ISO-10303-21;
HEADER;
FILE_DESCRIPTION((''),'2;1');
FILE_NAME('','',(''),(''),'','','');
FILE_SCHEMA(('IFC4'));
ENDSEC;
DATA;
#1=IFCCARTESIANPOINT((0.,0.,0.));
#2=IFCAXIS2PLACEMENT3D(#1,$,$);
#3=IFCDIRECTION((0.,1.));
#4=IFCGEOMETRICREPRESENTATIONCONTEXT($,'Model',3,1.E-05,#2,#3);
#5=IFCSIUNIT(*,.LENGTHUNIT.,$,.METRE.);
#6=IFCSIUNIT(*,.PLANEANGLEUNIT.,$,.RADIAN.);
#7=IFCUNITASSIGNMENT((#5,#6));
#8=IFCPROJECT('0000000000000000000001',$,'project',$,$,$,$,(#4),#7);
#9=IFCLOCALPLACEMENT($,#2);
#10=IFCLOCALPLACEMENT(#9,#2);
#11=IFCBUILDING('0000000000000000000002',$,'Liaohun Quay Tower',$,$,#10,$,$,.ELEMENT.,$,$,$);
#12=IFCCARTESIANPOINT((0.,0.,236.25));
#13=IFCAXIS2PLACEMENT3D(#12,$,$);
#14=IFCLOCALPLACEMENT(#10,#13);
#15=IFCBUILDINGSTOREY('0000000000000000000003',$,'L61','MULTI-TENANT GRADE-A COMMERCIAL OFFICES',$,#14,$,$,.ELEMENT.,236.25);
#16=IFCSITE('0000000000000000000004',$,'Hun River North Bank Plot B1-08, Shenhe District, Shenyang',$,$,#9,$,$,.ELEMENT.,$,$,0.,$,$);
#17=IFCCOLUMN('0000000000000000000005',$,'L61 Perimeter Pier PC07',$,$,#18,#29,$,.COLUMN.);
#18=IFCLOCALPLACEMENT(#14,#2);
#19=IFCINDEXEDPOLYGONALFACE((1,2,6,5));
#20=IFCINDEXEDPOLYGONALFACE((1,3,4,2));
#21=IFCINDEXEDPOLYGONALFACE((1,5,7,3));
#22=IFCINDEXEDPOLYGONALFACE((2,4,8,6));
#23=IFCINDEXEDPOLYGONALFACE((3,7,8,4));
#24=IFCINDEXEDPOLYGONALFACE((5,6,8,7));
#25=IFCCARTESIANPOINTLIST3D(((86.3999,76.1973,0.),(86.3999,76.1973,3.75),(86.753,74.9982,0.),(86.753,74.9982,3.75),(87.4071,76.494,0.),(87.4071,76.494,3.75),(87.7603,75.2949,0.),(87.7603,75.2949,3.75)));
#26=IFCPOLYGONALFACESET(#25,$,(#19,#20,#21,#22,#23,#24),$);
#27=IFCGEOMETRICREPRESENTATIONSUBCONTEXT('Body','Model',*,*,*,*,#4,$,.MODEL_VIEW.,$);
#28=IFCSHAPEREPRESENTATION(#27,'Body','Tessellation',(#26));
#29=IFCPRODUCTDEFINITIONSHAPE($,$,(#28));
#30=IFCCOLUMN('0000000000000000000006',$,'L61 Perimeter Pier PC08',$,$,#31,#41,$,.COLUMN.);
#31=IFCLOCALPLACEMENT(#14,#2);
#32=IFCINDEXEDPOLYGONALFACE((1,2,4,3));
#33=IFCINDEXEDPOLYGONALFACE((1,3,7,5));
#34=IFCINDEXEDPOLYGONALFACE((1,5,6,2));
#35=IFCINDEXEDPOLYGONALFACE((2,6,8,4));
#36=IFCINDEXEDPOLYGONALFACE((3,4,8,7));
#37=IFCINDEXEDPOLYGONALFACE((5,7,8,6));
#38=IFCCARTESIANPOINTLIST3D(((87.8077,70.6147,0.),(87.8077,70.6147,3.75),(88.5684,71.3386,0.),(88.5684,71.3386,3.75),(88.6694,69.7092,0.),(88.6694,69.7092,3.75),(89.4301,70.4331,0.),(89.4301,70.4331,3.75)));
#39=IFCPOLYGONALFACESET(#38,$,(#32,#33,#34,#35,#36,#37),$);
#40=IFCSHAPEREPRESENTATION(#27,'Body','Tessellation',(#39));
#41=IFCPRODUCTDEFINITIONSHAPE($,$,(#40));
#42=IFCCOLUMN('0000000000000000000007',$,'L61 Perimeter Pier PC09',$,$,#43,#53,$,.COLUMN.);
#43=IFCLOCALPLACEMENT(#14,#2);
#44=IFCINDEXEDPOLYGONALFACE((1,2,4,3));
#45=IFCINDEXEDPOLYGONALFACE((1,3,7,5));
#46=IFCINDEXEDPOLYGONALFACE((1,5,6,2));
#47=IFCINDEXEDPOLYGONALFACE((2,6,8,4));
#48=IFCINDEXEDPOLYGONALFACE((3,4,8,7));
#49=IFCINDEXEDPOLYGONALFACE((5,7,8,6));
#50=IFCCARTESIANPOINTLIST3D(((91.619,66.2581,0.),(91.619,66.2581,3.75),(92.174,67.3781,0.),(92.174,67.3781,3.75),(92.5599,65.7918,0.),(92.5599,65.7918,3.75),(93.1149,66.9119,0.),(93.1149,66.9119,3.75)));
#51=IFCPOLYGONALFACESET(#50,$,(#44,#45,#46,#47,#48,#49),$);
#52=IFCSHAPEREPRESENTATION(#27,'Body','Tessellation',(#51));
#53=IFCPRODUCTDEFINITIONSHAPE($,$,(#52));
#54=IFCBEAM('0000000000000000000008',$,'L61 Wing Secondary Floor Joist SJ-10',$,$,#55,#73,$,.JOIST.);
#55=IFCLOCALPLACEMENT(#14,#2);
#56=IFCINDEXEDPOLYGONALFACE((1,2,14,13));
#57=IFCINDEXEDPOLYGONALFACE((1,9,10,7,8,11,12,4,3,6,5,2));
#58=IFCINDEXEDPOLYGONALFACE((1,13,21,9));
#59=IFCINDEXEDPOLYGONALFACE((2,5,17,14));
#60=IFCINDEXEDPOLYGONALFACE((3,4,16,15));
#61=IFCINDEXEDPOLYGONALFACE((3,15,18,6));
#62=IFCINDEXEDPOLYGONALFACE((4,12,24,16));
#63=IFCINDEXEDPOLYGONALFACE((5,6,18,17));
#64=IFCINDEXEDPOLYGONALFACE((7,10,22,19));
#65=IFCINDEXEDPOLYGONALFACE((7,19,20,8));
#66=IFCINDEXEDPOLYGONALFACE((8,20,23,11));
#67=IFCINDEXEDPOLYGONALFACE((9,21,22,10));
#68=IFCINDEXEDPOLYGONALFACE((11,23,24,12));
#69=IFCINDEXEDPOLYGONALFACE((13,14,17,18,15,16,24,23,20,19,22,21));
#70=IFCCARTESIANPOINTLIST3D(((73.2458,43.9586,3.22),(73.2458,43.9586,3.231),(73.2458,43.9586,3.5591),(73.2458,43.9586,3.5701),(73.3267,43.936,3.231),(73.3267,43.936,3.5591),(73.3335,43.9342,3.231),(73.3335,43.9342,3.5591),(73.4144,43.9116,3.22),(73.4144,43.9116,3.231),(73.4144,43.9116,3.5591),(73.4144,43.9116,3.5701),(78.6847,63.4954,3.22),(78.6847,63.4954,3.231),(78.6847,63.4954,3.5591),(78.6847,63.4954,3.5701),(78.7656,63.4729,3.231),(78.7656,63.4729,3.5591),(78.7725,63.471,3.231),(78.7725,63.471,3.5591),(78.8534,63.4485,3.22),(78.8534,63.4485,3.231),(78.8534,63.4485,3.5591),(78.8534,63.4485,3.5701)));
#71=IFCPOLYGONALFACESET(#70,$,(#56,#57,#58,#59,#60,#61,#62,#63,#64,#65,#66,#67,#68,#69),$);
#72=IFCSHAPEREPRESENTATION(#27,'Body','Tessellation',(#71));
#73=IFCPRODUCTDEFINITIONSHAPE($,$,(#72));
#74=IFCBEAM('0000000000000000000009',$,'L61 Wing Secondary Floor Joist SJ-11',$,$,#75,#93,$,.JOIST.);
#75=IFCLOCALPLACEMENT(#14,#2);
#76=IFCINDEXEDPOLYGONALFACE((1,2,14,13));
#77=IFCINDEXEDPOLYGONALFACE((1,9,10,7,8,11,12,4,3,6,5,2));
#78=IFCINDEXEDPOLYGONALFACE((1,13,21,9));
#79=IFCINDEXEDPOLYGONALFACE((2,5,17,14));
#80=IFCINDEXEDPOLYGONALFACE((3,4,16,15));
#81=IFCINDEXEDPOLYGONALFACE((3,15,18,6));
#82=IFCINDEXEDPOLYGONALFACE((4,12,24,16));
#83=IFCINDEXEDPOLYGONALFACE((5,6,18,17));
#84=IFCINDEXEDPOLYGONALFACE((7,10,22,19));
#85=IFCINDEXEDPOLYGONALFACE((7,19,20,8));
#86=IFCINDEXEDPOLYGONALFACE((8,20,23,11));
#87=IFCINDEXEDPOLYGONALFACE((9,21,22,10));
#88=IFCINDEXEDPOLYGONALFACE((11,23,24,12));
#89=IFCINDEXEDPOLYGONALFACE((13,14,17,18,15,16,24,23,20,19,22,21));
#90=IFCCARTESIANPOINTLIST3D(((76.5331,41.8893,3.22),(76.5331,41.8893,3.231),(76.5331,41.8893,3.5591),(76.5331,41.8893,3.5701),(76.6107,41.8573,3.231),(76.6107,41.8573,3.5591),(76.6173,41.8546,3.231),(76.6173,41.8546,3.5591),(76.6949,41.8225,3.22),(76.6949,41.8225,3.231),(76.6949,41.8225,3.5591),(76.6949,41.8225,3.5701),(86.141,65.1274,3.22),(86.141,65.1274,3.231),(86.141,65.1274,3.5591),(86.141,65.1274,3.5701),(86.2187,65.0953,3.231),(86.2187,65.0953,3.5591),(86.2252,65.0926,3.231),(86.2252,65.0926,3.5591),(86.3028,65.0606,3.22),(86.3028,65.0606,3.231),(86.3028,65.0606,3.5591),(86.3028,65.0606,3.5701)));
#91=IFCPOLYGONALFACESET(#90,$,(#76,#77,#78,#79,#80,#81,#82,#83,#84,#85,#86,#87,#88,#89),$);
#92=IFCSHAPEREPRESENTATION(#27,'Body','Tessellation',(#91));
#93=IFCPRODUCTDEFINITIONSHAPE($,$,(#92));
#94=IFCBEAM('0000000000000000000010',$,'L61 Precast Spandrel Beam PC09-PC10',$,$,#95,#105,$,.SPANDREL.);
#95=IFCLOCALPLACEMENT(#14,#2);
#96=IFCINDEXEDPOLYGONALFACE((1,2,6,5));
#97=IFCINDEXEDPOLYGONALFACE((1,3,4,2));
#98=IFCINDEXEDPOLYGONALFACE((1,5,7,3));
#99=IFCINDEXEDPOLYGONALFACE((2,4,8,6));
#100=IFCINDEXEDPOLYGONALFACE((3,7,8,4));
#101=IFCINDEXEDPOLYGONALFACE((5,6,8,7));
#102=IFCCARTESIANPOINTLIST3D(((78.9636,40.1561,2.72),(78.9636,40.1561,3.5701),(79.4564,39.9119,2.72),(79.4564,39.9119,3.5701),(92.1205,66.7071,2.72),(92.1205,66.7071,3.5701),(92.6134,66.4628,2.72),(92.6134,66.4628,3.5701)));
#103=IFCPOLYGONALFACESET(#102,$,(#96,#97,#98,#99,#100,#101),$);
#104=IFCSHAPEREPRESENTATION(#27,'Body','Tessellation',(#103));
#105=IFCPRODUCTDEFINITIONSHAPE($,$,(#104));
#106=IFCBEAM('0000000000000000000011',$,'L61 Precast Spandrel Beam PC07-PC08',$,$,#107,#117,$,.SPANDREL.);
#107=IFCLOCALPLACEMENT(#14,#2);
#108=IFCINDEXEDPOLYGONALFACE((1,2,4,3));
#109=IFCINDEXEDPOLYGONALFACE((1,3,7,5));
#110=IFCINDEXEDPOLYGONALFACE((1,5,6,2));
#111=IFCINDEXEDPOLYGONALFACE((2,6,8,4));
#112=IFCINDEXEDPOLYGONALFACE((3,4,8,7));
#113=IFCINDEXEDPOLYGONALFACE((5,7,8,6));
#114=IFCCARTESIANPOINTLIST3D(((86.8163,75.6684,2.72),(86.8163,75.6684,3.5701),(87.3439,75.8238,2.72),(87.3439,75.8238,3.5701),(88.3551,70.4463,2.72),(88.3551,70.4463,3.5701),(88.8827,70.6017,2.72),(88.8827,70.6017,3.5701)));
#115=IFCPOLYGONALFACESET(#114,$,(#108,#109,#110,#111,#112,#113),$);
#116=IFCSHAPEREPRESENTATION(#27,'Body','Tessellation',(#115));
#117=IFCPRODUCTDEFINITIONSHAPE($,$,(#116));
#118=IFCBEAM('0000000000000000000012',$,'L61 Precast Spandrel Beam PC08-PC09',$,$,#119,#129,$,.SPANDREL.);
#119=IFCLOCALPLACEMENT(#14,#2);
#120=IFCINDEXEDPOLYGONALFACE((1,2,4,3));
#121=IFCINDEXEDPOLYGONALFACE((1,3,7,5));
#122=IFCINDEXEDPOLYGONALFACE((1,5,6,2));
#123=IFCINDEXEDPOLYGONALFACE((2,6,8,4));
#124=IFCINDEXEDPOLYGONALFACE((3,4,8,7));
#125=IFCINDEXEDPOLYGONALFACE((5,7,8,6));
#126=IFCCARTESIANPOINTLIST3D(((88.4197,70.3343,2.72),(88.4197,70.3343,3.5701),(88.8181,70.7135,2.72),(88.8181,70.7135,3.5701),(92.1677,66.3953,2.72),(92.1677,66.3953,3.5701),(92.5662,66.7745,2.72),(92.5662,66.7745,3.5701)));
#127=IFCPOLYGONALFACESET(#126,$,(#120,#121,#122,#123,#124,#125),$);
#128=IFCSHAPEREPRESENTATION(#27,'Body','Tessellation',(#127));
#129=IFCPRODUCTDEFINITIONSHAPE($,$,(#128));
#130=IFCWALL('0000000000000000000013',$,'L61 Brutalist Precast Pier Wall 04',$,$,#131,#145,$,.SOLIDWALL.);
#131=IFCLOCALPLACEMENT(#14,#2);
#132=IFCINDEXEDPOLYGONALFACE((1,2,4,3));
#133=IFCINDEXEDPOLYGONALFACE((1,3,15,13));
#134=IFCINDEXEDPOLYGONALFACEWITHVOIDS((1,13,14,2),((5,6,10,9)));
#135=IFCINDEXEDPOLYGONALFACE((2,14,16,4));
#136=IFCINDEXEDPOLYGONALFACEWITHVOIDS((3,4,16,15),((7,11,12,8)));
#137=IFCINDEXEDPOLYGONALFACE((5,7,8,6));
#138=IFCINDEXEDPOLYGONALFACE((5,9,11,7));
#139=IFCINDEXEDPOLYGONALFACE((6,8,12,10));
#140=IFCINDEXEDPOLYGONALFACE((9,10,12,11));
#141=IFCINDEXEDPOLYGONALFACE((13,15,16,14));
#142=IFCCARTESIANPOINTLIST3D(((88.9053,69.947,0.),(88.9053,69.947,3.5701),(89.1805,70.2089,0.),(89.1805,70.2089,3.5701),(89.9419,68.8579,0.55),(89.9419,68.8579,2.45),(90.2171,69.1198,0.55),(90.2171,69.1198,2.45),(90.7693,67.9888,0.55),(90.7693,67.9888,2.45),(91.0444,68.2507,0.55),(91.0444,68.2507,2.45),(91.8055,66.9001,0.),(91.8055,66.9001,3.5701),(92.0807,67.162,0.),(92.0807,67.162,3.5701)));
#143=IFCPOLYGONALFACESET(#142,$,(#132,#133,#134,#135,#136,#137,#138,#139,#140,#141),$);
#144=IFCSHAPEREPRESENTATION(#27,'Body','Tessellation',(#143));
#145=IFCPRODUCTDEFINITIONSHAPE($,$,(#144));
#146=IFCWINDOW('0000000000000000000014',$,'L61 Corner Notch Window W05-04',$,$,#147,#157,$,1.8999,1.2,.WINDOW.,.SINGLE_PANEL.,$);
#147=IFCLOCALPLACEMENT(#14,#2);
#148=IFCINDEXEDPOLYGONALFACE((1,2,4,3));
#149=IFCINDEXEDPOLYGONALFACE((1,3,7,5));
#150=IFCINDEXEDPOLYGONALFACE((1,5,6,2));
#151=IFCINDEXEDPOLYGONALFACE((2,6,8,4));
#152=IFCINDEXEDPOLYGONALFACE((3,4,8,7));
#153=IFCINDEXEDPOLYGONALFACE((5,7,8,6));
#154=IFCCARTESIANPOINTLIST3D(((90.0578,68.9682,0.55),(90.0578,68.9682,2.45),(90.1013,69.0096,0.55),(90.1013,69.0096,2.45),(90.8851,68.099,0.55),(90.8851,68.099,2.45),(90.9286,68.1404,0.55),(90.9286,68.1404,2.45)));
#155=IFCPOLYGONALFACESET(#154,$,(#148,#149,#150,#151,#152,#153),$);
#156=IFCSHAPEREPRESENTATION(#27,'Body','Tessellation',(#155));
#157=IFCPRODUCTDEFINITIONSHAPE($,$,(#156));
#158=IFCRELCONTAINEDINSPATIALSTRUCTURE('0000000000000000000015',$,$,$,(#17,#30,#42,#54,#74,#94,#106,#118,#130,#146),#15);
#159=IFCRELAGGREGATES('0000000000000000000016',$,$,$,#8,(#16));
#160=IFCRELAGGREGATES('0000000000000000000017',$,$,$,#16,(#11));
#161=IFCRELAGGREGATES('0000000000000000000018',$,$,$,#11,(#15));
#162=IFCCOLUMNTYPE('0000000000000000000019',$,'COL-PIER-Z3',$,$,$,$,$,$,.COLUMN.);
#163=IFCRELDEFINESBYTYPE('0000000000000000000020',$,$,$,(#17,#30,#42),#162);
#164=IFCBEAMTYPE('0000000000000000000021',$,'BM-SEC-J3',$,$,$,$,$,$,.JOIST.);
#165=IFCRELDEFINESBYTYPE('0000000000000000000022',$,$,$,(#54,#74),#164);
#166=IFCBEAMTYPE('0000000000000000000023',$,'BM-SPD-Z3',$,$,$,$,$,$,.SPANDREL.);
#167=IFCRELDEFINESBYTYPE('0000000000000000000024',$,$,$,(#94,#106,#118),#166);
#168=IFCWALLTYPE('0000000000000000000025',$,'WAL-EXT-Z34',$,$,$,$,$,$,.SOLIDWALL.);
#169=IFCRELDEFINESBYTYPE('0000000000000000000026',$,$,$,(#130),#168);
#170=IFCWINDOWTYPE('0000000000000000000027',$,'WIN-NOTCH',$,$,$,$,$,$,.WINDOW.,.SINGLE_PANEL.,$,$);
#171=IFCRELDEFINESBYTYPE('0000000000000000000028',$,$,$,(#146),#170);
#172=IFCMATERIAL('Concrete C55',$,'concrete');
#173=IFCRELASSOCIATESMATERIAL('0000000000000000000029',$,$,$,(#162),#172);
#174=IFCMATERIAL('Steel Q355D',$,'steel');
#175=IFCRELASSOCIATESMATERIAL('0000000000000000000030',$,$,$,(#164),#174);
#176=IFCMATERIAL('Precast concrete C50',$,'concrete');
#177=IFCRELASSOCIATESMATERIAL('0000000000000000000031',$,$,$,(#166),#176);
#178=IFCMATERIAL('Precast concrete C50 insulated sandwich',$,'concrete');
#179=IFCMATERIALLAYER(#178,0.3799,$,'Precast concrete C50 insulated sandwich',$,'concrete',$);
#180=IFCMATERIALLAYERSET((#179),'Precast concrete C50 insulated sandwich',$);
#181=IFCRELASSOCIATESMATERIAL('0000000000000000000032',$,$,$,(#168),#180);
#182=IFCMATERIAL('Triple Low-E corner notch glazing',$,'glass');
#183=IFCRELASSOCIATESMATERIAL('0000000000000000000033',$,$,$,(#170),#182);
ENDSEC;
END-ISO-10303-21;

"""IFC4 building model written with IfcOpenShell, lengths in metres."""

from ifc_helpers import new_model, si_unit, direction, frame, frame_2d, origin, origin_2d, place, context, subcontext, project, spatial, rectangle, i_section, extrude, source, transform, mapped, material, layer, layer_set, material_profile, profile_set, type_object, element, fill, save


model = new_model("IFC4")

# Units and contexts
model_context = context("Model", 3, precision=1e-05, world=origin(), true_north=direction((0.0, 1.0)))
body_context = subcontext(model_context, "Body", "Model", "MODEL_VIEW")
ifc_project = project(units=[si_unit("LENGTHUNIT", "METRE"), si_unit("PLANEANGLEUNIT", "RADIAN")], contexts=[model_context])

# Site, building, storey
site_placement = place(None, origin())
site = spatial("IfcSite", under=ifc_project, at=site_placement, Name="Hun River North Bank Plot B1-08, Shenhe District, Shenyang", CompositionType="ELEMENT", RefElevation=0.0)
building_placement = place(site_placement, origin())
building = spatial("IfcBuilding", under=site, at=building_placement, Name="Liaohun Quay Tower", CompositionType="ELEMENT")
storey_placement = place(building_placement, frame((0.0, 0.0, 236.25)))
storey = spatial("IfcBuildingStorey", under=building, at=storey_placement, Name="L61", Description="MULTI-TENANT GRADE-A COMMERCIAL OFFICES", CompositionType="ELEMENT", Elevation=236.25)

# Columns
ifc_material_1 = material(Name="Concrete C55", Category="concrete")
ifc_material_profile_1 = material_profile(ifc_material_1, rectangle(XDim=1.25, YDim=1.05, at=origin_2d()), Name="RC1250x1050")
ifc_profile_set_1 = profile_set([ifc_material_profile_1], Name="Concrete C55")
column_type = type_object("IfcColumnType", Name="COL-PIER-Z3", PredefinedType="COLUMN", material=ifc_profile_set_1)
shared_shape_1 = source(origin(), body_context, "Body", "SweptSolid", [
    extrude(rectangle(XDim=1.25, YDim=1.05, at=origin_2d()), origin(), (0.0, 0.0, 1.0), 3.75),
])
for number, where, z_axis, x_axis, name in (
    (1, (87.0801, 75.7461, 0.0), (0.0, 0.0, 1.0), (-0.282509, 0.959265, 0.0), "L61 Perimeter Pier PC07"),
    (2, (88.6189, 70.5239, 0.0), (0.0, 0.0, 1.0), (-0.689367, 0.724413, 0.0), "L61 Perimeter Pier PC08"),
    (3, (92.3669, 66.585, 0.0), (0.0, 0.0, 1.0), (0.44401, 0.896022, 0.0), "L61 Perimeter Pier PC09"),
):
    element("IfcColumn", number, at=place(storey_placement, frame(where, z_axis=z_axis, x_axis=x_axis)), inside=storey, type_object=column_type, Name=name, PredefinedType="COLUMN", context=body_context, shape_type="MappedRepresentation", body=[
        mapped(shared_shape_1, transform((0.0, 0.0, 0.0), x_axis=(1.0, 0.0, 0.0), y_axis=(0.0, 1.0, 0.0), z_axis=(0.0, 0.0, 1.0), scale=1.0)),
    ])

# Beams
ifc_material_2 = material(Name="Steel Q355D", Category="steel")
ifc_material_profile_2 = material_profile(ifc_material_2, i_section(OverallWidth=0.175, OverallDepth=0.3501, WebThickness=0.0071, FlangeThickness=0.011, at=origin_2d()), Name="HN350x175x7x11")
ifc_profile_set_2 = profile_set([ifc_material_profile_2], Name="Steel Q355D")
beam_type_1 = type_object("IfcBeamType", Name="BM-SEC-J3", PredefinedType="JOIST", material=ifc_profile_set_2)
shared_shape_2 = source(origin(), body_context, "Body", "SweptSolid", [
    extrude(i_section(OverallWidth=0.175, OverallDepth=0.3501, WebThickness=0.0071, FlangeThickness=0.011, at=origin_2d()), origin(), (0.0, 0.0, 1.0), 20.2798),
])
beam_1_placement = place(storey_placement, frame((78.769, 63.4719, 3.395), z_axis=(-0.268196, -0.963364, 0.0), x_axis=(0.963364, -0.268196, 0.0)))
element("IfcBeam", 4, at=beam_1_placement, inside=storey, type_object=beam_type_1, Name="L61 Wing Secondary Floor Joist SJ-10", PredefinedType="JOIST", context=body_context, shape_type="MappedRepresentation", body=[
    mapped(shared_shape_2, transform((0.0, 0.0, 0.0), x_axis=(1.0, 0.0, 0.0), y_axis=(0.0, 1.0, 0.0), z_axis=(0.0, 0.0, 1.0), scale=1.0)),
])
shared_shape_3 = source(origin(), body_context, "Body", "SweptSolid", [
    extrude(i_section(OverallWidth=0.175, OverallDepth=0.3501, WebThickness=0.0071, FlangeThickness=0.011, at=origin_2d()), origin(), (0.0, 0.0, 1.0), 25.146),
])
beam_2_placement = place(storey_placement, frame((86.2219, 65.094, 3.395), z_axis=(-0.382086, -0.924127, 0.0), x_axis=(0.924127, -0.382086, 0.0)))
element("IfcBeam", 5, at=beam_2_placement, inside=storey, type_object=beam_type_1, Name="L61 Wing Secondary Floor Joist SJ-11", PredefinedType="JOIST", context=body_context, shape_type="MappedRepresentation", body=[
    mapped(shared_shape_3, transform((0.0, 0.0, 0.0), x_axis=(1.0, 0.0, 0.0), y_axis=(0.0, 1.0, 0.0), z_axis=(0.0, 0.0, 1.0), scale=1.0)),
])
ifc_material_3 = material(Name="Precast concrete C50", Category="concrete")
ifc_material_profile_3 = material_profile(ifc_material_3, rectangle(XDim=0.55, YDim=0.8501, at=origin_2d()), Name="RC550x850")
ifc_profile_set_3 = profile_set([ifc_material_profile_3], Name="Precast concrete C50")
beam_type_2 = type_object("IfcBeamType", Name="BM-SPD-Z3", PredefinedType="SPANDREL", material=ifc_profile_set_3)
shared_shape_4 = source(origin(), body_context, "Body", "SweptSolid", [
    extrude(rectangle(XDim=0.55, YDim=0.8501, at=origin_2d()), origin(), (0.0, 0.0, 1.0), 29.6321),
])
beam_3_placement = place(storey_placement, frame((92.3669, 66.585, 3.145), z_axis=(-0.444011, -0.896021, 0.0), x_axis=(0.896021, -0.444011, 0.0)))
element("IfcBeam", 6, at=beam_3_placement, inside=storey, type_object=beam_type_2, Name="L61 Precast Spandrel Beam PC09-PC10", PredefinedType="SPANDREL", context=body_context, shape_type="MappedRepresentation", body=[
    mapped(shared_shape_4, transform((0.0, 0.0, 0.0), x_axis=(1.0, 0.0, 0.0), y_axis=(0.0, 1.0, 0.0), z_axis=(0.0, 0.0, 1.0), scale=1.0)),
])
shared_shape_5 = source(origin(), body_context, "Body", "SweptSolid", [
    extrude(rectangle(XDim=0.55, YDim=0.8501, at=origin_2d()), origin(), (0.0, 0.0, 1.0), 5.4441),
])
beam_4_placement = place(storey_placement, frame((87.0801, 75.7461, 3.145), z_axis=(0.282654, -0.959222, 0.0), x_axis=(0.959222, 0.282654, 0.0)))
element("IfcBeam", 7, at=beam_4_placement, inside=storey, type_object=beam_type_2, Name="L61 Precast Spandrel Beam PC07-PC08", PredefinedType="SPANDREL", context=body_context, shape_type="MappedRepresentation", body=[
    mapped(shared_shape_5, transform((0.0, 0.0, 0.0), x_axis=(1.0, 0.0, 0.0), y_axis=(0.0, 1.0, 0.0), z_axis=(0.0, 0.0, 1.0), scale=1.0)),
])
shared_shape_6 = source(origin(), body_context, "Body", "SweptSolid", [
    extrude(rectangle(XDim=0.55, YDim=0.8501, at=origin_2d()), origin(), (0.0, 0.0, 1.0), 5.4373),
])
beam_5_placement = place(storey_placement, frame((88.6189, 70.5239, 3.145), z_axis=(0.689332, -0.724445, 0.0), x_axis=(0.724445, 0.689332, 0.0)))
element("IfcBeam", 8, at=beam_5_placement, inside=storey, type_object=beam_type_2, Name="L61 Precast Spandrel Beam PC08-PC09", PredefinedType="SPANDREL", context=body_context, shape_type="MappedRepresentation", body=[
    mapped(shared_shape_6, transform((0.0, 0.0, 0.0), x_axis=(1.0, 0.0, 0.0), y_axis=(0.0, 1.0, 0.0), z_axis=(0.0, 0.0, 1.0), scale=1.0)),
])

# Wall, opening, window
ifc_material_4 = material(Name="Precast concrete C50 insulated sandwich", Category="concrete")
ifc_layer_1 = layer(ifc_material_4, 0.3799, Name="Precast concrete C50 insulated sandwich", Category="concrete")
ifc_layer_set_1 = layer_set([ifc_layer_1], Name="Precast concrete C50 insulated sandwich")
wall_type_1 = type_object("IfcWallType", Name="WAL-EXT-Z34", PredefinedType="SOLIDWALL", material=ifc_layer_set_1)
wall_1_placement = place(storey_placement, frame((91.9431, 67.031, 0.0), z_axis=(0.0, 0.0, 1.0), x_axis=(-0.689451, 0.724333, 0.0)))
wall_1 = element("IfcWall", 9, at=wall_1_placement, inside=storey, type_object=wall_type_1, Name="L61 Brutalist Precast Pier Wall 04", PredefinedType="SOLIDWALL", context=body_context, shape_type="SweptSolid", body=[
    extrude(rectangle(XDim=4.2065, YDim=0.3799, at=frame_2d((2.1033, 0.0))), origin(), (0.0, 0.0, 1.0), 3.5701),
])
shared_shape_7 = source(origin(), body_context, "Body", "SweptSolid", [
    extrude(rectangle(XDim=1.2, YDim=1.8999, at=frame_2d((0.6001, 0.95))), frame((0.0, 0.2, 0.0), z_axis=(0.0, -1.0, 0.0), x_axis=(1.0, 0.0, 0.0)), (0.0, 0.0, 1.0), 0.3999),
])
opening_1_placement = place(wall_1_placement, frame((1.5029, 0.0, 0.55)))
opening_1 = element("IfcOpeningElement", 10, at=opening_1_placement, cuts=wall_1, PredefinedType="OPENING", context=body_context, shape_type="MappedRepresentation", body=[
    mapped(shared_shape_7, transform((0.0, 0.0, 0.0), x_axis=(1.0, 0.0, 0.0), y_axis=(0.0, 1.0, 0.0), z_axis=(0.0, 0.0, 1.0), scale=1.0)),
])
ifc_material_5 = material(Name="Triple Low-E corner notch glazing", Category="glass")
window_type_1 = type_object("IfcWindowType", Name="WIN-NOTCH", PartitioningType="SINGLE_PANEL", PredefinedType="WINDOW", material=ifc_material_5)
shared_shape_8 = source(origin(), body_context, "Body", "SweptSolid", [
    extrude(rectangle(XDim=1.2, YDim=1.8999, at=frame_2d((0.6001, 0.95))), frame((0.0, 0.03, 0.0), z_axis=(0.0, -1.0, 0.0), x_axis=(1.0, 0.0, 0.0)), (0.0, 0.0, 1.0), 0.0601),
])
window_1_placement = place(opening_1_placement, origin())
window_1 = element("IfcWindow", 11, at=window_1_placement, inside=storey, type_object=window_type_1, Name="L61 Corner Notch Window W05-04", OverallHeight=1.8999, OverallWidth=1.2, PartitioningType="SINGLE_PANEL", PredefinedType="WINDOW", context=body_context, shape_type="MappedRepresentation", body=[
    mapped(shared_shape_8, transform((0.0, 0.0, 0.0), x_axis=(1.0, 0.0, 0.0), y_axis=(0.0, 1.0, 0.0), z_axis=(0.0, 0.0, 1.0), scale=1.0)),
])
fill(opening_1, window_1)

save(model, "model.ifc")
